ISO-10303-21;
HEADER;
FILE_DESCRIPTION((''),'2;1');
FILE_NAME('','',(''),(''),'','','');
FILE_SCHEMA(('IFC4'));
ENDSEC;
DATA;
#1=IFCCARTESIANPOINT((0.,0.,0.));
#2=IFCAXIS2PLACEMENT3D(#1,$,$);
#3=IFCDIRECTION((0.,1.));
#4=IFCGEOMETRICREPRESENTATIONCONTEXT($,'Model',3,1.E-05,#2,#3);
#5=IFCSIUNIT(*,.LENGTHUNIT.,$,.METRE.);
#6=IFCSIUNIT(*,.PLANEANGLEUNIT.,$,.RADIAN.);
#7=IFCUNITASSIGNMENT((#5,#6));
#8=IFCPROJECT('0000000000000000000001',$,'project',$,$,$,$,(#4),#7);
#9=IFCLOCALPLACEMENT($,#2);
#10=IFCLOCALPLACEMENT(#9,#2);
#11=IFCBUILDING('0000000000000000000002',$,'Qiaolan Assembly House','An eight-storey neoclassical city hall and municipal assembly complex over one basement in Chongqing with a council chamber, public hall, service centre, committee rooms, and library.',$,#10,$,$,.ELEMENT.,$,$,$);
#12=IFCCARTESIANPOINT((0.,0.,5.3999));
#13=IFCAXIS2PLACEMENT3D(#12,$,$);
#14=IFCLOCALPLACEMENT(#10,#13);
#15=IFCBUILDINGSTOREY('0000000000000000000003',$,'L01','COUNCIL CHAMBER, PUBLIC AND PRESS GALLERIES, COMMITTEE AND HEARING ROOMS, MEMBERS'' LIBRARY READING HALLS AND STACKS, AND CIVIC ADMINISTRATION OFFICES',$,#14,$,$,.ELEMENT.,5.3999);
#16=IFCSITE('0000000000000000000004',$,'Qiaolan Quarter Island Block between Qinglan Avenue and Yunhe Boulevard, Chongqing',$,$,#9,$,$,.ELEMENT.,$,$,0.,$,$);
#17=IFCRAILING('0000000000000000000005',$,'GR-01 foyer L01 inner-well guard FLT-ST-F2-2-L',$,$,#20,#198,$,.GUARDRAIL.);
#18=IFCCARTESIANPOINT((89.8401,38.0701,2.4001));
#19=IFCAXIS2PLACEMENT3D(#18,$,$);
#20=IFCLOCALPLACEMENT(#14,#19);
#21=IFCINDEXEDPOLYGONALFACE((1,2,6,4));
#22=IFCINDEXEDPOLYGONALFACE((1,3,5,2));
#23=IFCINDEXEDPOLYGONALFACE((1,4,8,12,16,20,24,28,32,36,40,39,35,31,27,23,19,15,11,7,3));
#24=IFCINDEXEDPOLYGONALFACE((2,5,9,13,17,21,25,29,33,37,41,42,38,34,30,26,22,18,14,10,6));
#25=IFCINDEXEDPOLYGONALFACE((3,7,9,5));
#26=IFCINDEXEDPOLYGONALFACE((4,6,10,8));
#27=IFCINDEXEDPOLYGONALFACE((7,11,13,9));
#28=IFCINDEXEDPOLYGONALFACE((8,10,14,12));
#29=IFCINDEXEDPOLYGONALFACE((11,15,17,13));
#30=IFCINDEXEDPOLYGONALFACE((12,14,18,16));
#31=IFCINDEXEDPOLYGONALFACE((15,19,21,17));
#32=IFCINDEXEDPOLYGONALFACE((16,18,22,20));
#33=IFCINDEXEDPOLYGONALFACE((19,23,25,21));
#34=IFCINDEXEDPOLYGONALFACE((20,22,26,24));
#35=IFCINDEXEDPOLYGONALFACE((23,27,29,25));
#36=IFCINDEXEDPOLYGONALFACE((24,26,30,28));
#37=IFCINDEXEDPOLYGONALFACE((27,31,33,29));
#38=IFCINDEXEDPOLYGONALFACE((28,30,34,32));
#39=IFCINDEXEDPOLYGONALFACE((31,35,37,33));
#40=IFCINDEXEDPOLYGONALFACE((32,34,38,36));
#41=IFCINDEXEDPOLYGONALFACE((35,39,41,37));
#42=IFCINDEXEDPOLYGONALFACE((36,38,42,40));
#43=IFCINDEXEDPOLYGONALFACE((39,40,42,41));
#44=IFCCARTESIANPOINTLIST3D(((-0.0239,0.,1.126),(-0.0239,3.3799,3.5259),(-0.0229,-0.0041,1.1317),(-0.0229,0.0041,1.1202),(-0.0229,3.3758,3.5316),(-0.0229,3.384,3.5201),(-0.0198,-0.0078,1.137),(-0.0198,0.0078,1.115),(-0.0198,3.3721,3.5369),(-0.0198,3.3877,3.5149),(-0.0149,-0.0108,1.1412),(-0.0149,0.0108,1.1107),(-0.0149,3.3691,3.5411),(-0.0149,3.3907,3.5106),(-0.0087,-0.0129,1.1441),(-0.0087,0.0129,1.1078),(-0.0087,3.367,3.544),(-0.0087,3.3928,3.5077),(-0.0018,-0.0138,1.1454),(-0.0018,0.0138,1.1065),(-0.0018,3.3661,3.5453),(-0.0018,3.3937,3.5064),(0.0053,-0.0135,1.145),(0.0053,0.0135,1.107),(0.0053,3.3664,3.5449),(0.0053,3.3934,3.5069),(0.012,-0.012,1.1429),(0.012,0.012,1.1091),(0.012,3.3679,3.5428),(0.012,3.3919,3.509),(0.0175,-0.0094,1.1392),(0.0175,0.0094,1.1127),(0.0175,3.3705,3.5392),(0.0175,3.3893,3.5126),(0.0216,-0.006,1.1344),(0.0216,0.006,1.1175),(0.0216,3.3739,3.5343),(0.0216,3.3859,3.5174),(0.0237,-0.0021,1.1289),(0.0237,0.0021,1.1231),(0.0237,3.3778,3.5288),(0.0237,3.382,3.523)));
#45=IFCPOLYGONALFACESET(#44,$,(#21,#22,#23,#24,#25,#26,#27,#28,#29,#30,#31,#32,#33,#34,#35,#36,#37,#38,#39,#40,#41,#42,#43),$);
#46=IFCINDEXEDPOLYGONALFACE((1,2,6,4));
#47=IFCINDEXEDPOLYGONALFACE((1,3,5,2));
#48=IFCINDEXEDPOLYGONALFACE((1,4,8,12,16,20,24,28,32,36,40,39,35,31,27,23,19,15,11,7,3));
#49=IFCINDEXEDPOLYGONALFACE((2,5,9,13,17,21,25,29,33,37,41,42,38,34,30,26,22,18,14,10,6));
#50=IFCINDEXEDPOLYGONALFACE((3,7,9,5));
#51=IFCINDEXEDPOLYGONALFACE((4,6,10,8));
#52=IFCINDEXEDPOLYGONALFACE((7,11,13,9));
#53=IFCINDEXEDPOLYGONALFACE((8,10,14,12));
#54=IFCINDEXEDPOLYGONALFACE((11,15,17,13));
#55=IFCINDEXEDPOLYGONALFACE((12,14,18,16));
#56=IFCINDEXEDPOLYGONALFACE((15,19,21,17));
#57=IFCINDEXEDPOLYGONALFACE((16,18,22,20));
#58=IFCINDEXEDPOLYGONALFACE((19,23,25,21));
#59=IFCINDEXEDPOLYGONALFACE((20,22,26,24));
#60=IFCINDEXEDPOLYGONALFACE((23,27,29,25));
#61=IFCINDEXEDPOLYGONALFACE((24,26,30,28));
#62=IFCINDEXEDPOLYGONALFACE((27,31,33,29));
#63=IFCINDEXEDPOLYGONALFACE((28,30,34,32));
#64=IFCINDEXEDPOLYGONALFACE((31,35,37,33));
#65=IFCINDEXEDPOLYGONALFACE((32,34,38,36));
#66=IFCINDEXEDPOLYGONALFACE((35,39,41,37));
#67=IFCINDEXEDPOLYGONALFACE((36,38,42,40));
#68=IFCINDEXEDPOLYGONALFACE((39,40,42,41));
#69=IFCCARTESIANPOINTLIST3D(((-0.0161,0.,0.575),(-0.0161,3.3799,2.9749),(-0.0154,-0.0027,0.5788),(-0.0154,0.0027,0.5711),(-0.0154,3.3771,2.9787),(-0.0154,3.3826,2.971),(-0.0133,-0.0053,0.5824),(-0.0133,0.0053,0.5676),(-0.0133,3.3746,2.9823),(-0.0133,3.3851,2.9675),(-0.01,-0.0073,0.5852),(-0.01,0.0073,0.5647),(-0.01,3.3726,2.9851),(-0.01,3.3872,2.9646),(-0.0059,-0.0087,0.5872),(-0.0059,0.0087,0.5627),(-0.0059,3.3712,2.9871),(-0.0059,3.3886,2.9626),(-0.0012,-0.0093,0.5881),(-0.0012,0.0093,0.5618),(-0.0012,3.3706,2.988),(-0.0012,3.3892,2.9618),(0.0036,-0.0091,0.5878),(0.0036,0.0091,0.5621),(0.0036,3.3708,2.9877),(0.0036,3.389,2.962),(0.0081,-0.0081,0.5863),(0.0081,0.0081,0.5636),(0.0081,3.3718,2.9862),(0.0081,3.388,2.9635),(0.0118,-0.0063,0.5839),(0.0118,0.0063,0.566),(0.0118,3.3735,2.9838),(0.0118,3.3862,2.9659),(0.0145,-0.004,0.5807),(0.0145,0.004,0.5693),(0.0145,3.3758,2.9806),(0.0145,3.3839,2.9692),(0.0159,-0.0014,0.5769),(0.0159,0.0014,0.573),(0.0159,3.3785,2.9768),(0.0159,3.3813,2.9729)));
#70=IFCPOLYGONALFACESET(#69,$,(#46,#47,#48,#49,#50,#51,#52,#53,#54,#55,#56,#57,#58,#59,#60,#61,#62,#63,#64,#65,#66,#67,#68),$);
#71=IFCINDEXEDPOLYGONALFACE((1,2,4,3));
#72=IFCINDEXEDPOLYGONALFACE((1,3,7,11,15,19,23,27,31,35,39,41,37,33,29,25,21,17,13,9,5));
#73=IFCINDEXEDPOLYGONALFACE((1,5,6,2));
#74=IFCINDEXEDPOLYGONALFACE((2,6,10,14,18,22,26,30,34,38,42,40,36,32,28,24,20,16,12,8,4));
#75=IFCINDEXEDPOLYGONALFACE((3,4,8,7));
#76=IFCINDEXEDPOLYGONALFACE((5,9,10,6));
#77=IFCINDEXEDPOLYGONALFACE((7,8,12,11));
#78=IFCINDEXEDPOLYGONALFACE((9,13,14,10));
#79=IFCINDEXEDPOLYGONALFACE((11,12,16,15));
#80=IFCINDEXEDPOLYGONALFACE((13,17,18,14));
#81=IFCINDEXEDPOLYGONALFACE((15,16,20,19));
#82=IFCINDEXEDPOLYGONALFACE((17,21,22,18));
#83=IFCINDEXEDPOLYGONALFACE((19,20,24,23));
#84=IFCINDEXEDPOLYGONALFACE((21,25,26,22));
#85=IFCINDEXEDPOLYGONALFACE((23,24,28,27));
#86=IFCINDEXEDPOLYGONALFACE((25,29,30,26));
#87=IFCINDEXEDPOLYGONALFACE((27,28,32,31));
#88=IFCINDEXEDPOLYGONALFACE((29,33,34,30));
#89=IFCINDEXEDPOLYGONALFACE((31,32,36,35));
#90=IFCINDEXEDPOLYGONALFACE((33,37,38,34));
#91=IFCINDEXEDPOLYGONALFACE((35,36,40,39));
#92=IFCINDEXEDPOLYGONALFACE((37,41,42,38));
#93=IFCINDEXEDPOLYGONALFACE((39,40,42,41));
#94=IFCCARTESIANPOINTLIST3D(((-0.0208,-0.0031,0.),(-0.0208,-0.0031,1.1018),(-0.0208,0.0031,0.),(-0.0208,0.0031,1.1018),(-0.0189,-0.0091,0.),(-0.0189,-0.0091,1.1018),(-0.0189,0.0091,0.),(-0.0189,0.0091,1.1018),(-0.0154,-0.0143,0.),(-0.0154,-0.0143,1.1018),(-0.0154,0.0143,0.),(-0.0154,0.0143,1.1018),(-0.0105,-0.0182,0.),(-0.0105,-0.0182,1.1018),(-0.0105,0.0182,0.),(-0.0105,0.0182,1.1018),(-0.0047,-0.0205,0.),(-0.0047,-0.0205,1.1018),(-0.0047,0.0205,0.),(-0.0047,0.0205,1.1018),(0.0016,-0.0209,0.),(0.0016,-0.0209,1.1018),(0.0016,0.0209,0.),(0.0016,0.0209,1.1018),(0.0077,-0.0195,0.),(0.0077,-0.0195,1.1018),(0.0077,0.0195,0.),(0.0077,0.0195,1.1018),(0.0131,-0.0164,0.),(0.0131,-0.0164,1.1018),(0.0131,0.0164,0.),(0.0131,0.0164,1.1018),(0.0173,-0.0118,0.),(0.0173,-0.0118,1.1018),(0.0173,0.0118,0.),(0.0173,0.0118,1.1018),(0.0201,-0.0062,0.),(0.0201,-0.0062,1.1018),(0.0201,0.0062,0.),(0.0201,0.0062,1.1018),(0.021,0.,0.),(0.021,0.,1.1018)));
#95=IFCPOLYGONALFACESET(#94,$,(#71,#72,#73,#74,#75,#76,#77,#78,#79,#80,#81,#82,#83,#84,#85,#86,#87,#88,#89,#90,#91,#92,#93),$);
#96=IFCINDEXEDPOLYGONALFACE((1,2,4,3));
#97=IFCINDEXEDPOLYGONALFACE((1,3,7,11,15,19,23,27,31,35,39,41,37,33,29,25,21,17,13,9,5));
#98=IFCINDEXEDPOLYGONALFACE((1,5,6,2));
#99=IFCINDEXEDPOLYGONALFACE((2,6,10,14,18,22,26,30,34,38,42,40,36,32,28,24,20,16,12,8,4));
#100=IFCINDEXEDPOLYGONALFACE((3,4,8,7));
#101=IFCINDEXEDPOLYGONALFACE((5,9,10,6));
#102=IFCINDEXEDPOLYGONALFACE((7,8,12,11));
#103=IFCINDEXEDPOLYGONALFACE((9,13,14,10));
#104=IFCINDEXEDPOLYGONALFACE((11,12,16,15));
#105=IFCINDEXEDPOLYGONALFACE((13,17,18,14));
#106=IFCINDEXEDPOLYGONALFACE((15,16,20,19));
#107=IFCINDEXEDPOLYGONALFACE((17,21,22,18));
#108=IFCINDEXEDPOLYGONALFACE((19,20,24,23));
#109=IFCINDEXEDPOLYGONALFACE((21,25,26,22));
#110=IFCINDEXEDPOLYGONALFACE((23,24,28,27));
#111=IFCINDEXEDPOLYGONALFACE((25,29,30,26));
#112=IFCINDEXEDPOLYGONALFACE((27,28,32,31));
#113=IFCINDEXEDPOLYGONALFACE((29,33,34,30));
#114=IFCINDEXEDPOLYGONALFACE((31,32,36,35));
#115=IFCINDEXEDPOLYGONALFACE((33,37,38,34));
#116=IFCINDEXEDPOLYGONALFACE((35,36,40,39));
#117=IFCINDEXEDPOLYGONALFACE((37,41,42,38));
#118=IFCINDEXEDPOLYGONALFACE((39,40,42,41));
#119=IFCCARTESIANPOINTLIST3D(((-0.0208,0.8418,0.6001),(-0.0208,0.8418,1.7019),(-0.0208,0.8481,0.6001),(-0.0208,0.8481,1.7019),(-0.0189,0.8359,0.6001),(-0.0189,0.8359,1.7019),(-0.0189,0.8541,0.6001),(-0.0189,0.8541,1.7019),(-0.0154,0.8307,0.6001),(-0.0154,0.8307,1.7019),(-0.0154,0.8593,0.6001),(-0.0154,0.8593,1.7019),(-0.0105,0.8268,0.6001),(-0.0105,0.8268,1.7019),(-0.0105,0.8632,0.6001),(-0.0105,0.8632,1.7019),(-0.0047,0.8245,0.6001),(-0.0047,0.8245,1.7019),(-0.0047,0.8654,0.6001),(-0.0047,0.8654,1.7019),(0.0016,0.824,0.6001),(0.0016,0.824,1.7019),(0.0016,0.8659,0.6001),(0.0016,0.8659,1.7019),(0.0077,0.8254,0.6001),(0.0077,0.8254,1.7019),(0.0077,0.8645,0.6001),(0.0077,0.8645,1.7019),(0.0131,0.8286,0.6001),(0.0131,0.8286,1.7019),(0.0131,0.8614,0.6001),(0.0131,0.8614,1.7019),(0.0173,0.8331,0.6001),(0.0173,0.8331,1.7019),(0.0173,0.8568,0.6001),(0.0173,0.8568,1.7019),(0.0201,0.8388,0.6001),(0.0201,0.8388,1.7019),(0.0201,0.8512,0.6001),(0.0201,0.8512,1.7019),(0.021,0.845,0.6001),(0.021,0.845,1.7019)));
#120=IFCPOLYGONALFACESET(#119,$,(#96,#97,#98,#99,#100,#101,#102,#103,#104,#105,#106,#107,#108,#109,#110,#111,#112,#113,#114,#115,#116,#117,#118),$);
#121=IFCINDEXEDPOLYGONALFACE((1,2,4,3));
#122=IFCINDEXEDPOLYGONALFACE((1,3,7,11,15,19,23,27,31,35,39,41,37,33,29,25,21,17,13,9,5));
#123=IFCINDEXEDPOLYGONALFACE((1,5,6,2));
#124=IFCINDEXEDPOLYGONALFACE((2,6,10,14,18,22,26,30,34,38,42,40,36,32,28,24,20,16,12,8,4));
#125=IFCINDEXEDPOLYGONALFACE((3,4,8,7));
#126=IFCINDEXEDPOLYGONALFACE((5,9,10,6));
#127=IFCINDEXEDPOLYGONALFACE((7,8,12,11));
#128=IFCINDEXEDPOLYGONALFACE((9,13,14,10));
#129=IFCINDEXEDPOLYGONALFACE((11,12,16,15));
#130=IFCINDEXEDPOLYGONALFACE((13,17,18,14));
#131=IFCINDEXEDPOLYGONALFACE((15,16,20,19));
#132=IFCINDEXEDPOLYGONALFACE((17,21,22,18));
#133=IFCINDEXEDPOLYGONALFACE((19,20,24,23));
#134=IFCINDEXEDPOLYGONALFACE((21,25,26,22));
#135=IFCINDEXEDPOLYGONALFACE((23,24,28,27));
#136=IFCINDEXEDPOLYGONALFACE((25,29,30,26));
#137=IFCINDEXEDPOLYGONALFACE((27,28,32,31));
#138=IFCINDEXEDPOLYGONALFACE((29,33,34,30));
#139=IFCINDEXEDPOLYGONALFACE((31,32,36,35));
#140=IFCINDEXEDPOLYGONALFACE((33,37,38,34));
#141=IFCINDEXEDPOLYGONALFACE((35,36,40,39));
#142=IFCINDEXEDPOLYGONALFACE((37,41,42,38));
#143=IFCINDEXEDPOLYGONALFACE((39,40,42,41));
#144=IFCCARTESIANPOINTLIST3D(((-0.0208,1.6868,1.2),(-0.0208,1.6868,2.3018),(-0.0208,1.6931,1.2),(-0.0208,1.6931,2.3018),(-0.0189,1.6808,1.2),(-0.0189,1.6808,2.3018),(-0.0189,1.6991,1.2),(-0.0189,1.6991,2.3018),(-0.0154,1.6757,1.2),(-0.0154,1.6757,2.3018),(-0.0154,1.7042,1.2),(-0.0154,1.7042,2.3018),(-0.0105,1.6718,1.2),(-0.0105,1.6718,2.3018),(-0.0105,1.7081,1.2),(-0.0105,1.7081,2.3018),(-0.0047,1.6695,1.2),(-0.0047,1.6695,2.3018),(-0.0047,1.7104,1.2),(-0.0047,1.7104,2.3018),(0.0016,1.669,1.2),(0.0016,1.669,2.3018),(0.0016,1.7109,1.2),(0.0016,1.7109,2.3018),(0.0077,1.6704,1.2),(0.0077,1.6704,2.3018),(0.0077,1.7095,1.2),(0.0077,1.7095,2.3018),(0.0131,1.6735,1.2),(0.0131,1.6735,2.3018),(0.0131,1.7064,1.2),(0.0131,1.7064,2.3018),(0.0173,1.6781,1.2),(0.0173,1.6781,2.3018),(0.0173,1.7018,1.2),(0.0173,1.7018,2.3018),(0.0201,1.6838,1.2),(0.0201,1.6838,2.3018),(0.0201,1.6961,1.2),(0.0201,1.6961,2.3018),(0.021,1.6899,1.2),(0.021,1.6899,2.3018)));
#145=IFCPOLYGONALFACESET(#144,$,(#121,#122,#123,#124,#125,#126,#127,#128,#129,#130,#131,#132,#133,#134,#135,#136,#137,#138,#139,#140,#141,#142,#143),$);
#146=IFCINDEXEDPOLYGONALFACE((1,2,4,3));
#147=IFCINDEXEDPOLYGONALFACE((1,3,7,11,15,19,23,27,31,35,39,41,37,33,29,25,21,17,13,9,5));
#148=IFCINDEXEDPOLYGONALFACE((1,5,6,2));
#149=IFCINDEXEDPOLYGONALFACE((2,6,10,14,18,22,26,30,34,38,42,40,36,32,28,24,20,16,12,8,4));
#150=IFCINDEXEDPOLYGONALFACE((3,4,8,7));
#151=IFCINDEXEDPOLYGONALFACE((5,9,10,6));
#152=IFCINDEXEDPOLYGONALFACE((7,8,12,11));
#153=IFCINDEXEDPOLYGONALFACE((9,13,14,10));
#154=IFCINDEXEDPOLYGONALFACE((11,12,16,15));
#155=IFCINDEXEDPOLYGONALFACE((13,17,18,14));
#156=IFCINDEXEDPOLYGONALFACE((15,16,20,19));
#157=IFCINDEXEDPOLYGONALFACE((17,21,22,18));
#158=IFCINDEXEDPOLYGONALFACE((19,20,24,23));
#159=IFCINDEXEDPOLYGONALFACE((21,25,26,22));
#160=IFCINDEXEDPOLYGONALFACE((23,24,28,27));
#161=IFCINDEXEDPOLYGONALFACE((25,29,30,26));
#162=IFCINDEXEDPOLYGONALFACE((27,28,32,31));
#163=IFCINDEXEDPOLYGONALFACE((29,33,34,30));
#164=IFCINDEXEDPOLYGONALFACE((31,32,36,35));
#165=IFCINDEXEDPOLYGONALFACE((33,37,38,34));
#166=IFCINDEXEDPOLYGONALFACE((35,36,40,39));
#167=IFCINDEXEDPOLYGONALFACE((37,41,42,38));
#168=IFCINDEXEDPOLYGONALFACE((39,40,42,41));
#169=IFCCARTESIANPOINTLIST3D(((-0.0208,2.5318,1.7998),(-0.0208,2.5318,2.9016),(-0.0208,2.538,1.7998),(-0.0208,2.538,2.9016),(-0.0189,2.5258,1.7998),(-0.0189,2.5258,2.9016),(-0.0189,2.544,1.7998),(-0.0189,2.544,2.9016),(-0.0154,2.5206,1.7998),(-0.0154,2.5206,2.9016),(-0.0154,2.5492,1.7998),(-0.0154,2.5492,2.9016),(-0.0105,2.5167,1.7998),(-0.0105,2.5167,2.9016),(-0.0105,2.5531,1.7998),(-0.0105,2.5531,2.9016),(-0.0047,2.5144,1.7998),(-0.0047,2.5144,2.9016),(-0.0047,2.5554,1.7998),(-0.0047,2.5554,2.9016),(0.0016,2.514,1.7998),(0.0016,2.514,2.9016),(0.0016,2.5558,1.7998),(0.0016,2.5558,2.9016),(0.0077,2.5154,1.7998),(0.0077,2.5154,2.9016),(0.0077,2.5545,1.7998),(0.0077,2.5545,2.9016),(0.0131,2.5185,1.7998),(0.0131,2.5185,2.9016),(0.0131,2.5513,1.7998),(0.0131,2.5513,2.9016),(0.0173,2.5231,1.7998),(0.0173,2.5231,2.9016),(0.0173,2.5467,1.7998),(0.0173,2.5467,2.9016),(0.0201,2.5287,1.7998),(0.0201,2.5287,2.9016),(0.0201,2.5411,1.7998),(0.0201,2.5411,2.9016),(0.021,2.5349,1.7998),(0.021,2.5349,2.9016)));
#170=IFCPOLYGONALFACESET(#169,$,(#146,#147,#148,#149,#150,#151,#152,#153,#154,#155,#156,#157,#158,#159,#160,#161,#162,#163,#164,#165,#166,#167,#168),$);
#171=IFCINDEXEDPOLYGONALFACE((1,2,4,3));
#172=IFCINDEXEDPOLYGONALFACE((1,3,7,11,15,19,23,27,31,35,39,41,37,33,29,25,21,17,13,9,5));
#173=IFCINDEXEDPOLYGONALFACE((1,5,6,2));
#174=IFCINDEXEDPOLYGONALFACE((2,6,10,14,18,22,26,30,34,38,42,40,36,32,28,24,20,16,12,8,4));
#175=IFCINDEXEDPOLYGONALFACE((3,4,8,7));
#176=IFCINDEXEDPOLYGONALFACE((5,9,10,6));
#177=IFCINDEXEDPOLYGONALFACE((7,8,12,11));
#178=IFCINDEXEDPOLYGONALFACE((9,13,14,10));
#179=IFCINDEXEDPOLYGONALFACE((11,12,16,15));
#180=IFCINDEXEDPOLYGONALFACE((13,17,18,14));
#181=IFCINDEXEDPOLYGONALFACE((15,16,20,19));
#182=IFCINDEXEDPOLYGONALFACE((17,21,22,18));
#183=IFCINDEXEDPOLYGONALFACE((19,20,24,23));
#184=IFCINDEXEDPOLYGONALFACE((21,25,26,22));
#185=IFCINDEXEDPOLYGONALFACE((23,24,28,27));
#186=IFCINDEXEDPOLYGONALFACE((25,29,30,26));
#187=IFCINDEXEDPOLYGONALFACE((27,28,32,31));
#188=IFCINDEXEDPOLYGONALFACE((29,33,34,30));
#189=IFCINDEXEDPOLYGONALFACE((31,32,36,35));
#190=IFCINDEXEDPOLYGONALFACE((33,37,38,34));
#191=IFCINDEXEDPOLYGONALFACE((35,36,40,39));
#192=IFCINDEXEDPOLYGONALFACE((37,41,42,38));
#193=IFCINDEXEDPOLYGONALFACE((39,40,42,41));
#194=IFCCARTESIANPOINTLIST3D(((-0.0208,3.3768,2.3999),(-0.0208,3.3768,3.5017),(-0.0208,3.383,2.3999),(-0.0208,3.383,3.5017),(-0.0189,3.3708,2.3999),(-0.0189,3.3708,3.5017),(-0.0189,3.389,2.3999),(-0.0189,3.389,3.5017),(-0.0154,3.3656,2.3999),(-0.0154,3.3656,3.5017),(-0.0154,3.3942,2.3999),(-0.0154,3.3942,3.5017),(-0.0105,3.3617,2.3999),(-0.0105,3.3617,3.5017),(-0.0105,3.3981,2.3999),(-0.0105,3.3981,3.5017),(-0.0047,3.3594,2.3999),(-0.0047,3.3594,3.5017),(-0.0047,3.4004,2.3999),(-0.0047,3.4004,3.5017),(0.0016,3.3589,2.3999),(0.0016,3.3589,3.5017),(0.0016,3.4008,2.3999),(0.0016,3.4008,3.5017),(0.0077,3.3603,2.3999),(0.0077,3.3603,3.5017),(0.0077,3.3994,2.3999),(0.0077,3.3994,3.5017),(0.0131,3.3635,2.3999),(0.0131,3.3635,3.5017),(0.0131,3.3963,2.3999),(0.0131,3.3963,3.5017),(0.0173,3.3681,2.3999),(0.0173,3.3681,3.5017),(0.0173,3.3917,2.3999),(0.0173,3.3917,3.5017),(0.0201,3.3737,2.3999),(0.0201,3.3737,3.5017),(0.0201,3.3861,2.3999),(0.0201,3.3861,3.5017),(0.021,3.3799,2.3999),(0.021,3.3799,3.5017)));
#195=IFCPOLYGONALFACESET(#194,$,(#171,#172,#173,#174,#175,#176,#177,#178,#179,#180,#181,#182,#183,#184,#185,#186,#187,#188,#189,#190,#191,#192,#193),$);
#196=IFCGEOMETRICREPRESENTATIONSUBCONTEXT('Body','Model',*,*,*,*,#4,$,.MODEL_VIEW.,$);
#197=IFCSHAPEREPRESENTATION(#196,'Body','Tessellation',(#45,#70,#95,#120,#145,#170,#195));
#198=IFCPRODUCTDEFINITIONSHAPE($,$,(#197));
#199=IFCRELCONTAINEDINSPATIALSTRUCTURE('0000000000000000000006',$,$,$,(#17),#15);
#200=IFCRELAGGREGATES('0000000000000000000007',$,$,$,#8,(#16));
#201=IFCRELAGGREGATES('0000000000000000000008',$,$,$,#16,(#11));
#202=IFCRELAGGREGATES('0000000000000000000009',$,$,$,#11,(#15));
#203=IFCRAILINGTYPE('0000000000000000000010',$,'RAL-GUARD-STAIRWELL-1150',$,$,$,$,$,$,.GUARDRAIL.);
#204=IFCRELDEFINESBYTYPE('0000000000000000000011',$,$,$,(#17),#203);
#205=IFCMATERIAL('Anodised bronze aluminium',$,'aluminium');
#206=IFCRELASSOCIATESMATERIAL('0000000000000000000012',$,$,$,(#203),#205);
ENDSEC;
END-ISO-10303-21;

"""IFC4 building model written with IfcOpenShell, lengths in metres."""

from ifc_helpers import new_model, si_unit, direction, frame, origin, origin_2d, place, context, subcontext, project, spatial, circle, extrude, material, type_object, element, save


model = new_model("IFC4")

# Units and contexts
model_context = context("Model", 3, precision=1e-05, world=origin(), true_north=direction((0.0, 1.0)))
body_context = subcontext(model_context, "Body", "Model", "MODEL_VIEW")
ifc_project = project(units=[si_unit("LENGTHUNIT", "METRE"), si_unit("PLANEANGLEUNIT", "RADIAN")], contexts=[model_context])

# Site, building, storey
site_placement = place(None, origin())
site = spatial("IfcSite", under=ifc_project, at=site_placement, Name="Qiaolan Quarter Island Block between Qinglan Avenue and Yunhe Boulevard, Chongqing", CompositionType="ELEMENT", RefElevation=0.0)
building_placement = place(site_placement, origin())
building = spatial("IfcBuilding", under=site, at=building_placement, Name="Qiaolan Assembly House", Description="An eight-storey neoclassical city hall and municipal assembly complex over one basement in Chongqing with a council chamber, public hall, service centre, committee rooms, and library.", CompositionType="ELEMENT")
storey_placement = place(building_placement, frame((0.0, 0.0, 5.3999)))
storey = spatial("IfcBuildingStorey", under=building, at=storey_placement, Name="L01", Description="COUNCIL CHAMBER, PUBLIC AND PRESS GALLERIES, COMMITTEE AND HEARING ROOMS, MEMBERS' LIBRARY READING HALLS AND STACKS, AND CIVIC ADMINISTRATION OFFICES", CompositionType="ELEMENT", Elevation=5.3999)

# Railing
ifc_material_1 = material(Name="Anodised bronze aluminium", Category="aluminium")
railing_type = type_object("IfcRailingType", Name="RAL-GUARD-STAIRWELL-1150", PredefinedType="GUARDRAIL", material=ifc_material_1)
for number, where, name in (
    (1, (89.8401, 38.0701, 2.4001), "GR-01 foyer L01 inner-well guard FLT-ST-F2-2-L"),
):
    element("IfcRailing", number, at=place(storey_placement, frame(where)), inside=storey, type_object=railing_type, Name=name, PredefinedType="GUARDRAIL", context=body_context, shape_type="SweptSolid", body=[
        extrude(circle(Radius=0.0239, at=origin_2d()), frame((0.0, 0.0, 1.126), z_axis=(0.0, 0.815362, 0.578952), x_axis=(-1.0, 0.0, 0.0)), (0.0, 0.0, 1.0), 4.1453),
        extrude(circle(Radius=0.0161, at=origin_2d()), frame((0.0, 0.0, 0.575), z_axis=(0.0, 0.815362, 0.578952), x_axis=(-1.0, 0.0, 0.0)), (0.0, 0.0, 1.0), 4.1453),
        extrude(circle(Radius=0.021, at=origin_2d()), origin(), (0.0, 0.0, 1.0), 1.1018),
        extrude(circle(Radius=0.021, at=origin_2d()), frame((0.0, 0.845, 0.6001)), (0.0, 0.0, 1.0), 1.1018),
        extrude(circle(Radius=0.021, at=origin_2d()), frame((0.0, 1.6899, 1.2)), (0.0, 0.0, 1.0), 1.1018),
        extrude(circle(Radius=0.021, at=origin_2d()), frame((0.0, 2.5349, 1.7998)), (0.0, 0.0, 1.0), 1.1018),
        extrude(circle(Radius=0.021, at=origin_2d()), frame((0.0, 3.3799, 2.3999)), (0.0, 0.0, 1.0), 1.1018),
    ])

save(model, "model.ifc")
